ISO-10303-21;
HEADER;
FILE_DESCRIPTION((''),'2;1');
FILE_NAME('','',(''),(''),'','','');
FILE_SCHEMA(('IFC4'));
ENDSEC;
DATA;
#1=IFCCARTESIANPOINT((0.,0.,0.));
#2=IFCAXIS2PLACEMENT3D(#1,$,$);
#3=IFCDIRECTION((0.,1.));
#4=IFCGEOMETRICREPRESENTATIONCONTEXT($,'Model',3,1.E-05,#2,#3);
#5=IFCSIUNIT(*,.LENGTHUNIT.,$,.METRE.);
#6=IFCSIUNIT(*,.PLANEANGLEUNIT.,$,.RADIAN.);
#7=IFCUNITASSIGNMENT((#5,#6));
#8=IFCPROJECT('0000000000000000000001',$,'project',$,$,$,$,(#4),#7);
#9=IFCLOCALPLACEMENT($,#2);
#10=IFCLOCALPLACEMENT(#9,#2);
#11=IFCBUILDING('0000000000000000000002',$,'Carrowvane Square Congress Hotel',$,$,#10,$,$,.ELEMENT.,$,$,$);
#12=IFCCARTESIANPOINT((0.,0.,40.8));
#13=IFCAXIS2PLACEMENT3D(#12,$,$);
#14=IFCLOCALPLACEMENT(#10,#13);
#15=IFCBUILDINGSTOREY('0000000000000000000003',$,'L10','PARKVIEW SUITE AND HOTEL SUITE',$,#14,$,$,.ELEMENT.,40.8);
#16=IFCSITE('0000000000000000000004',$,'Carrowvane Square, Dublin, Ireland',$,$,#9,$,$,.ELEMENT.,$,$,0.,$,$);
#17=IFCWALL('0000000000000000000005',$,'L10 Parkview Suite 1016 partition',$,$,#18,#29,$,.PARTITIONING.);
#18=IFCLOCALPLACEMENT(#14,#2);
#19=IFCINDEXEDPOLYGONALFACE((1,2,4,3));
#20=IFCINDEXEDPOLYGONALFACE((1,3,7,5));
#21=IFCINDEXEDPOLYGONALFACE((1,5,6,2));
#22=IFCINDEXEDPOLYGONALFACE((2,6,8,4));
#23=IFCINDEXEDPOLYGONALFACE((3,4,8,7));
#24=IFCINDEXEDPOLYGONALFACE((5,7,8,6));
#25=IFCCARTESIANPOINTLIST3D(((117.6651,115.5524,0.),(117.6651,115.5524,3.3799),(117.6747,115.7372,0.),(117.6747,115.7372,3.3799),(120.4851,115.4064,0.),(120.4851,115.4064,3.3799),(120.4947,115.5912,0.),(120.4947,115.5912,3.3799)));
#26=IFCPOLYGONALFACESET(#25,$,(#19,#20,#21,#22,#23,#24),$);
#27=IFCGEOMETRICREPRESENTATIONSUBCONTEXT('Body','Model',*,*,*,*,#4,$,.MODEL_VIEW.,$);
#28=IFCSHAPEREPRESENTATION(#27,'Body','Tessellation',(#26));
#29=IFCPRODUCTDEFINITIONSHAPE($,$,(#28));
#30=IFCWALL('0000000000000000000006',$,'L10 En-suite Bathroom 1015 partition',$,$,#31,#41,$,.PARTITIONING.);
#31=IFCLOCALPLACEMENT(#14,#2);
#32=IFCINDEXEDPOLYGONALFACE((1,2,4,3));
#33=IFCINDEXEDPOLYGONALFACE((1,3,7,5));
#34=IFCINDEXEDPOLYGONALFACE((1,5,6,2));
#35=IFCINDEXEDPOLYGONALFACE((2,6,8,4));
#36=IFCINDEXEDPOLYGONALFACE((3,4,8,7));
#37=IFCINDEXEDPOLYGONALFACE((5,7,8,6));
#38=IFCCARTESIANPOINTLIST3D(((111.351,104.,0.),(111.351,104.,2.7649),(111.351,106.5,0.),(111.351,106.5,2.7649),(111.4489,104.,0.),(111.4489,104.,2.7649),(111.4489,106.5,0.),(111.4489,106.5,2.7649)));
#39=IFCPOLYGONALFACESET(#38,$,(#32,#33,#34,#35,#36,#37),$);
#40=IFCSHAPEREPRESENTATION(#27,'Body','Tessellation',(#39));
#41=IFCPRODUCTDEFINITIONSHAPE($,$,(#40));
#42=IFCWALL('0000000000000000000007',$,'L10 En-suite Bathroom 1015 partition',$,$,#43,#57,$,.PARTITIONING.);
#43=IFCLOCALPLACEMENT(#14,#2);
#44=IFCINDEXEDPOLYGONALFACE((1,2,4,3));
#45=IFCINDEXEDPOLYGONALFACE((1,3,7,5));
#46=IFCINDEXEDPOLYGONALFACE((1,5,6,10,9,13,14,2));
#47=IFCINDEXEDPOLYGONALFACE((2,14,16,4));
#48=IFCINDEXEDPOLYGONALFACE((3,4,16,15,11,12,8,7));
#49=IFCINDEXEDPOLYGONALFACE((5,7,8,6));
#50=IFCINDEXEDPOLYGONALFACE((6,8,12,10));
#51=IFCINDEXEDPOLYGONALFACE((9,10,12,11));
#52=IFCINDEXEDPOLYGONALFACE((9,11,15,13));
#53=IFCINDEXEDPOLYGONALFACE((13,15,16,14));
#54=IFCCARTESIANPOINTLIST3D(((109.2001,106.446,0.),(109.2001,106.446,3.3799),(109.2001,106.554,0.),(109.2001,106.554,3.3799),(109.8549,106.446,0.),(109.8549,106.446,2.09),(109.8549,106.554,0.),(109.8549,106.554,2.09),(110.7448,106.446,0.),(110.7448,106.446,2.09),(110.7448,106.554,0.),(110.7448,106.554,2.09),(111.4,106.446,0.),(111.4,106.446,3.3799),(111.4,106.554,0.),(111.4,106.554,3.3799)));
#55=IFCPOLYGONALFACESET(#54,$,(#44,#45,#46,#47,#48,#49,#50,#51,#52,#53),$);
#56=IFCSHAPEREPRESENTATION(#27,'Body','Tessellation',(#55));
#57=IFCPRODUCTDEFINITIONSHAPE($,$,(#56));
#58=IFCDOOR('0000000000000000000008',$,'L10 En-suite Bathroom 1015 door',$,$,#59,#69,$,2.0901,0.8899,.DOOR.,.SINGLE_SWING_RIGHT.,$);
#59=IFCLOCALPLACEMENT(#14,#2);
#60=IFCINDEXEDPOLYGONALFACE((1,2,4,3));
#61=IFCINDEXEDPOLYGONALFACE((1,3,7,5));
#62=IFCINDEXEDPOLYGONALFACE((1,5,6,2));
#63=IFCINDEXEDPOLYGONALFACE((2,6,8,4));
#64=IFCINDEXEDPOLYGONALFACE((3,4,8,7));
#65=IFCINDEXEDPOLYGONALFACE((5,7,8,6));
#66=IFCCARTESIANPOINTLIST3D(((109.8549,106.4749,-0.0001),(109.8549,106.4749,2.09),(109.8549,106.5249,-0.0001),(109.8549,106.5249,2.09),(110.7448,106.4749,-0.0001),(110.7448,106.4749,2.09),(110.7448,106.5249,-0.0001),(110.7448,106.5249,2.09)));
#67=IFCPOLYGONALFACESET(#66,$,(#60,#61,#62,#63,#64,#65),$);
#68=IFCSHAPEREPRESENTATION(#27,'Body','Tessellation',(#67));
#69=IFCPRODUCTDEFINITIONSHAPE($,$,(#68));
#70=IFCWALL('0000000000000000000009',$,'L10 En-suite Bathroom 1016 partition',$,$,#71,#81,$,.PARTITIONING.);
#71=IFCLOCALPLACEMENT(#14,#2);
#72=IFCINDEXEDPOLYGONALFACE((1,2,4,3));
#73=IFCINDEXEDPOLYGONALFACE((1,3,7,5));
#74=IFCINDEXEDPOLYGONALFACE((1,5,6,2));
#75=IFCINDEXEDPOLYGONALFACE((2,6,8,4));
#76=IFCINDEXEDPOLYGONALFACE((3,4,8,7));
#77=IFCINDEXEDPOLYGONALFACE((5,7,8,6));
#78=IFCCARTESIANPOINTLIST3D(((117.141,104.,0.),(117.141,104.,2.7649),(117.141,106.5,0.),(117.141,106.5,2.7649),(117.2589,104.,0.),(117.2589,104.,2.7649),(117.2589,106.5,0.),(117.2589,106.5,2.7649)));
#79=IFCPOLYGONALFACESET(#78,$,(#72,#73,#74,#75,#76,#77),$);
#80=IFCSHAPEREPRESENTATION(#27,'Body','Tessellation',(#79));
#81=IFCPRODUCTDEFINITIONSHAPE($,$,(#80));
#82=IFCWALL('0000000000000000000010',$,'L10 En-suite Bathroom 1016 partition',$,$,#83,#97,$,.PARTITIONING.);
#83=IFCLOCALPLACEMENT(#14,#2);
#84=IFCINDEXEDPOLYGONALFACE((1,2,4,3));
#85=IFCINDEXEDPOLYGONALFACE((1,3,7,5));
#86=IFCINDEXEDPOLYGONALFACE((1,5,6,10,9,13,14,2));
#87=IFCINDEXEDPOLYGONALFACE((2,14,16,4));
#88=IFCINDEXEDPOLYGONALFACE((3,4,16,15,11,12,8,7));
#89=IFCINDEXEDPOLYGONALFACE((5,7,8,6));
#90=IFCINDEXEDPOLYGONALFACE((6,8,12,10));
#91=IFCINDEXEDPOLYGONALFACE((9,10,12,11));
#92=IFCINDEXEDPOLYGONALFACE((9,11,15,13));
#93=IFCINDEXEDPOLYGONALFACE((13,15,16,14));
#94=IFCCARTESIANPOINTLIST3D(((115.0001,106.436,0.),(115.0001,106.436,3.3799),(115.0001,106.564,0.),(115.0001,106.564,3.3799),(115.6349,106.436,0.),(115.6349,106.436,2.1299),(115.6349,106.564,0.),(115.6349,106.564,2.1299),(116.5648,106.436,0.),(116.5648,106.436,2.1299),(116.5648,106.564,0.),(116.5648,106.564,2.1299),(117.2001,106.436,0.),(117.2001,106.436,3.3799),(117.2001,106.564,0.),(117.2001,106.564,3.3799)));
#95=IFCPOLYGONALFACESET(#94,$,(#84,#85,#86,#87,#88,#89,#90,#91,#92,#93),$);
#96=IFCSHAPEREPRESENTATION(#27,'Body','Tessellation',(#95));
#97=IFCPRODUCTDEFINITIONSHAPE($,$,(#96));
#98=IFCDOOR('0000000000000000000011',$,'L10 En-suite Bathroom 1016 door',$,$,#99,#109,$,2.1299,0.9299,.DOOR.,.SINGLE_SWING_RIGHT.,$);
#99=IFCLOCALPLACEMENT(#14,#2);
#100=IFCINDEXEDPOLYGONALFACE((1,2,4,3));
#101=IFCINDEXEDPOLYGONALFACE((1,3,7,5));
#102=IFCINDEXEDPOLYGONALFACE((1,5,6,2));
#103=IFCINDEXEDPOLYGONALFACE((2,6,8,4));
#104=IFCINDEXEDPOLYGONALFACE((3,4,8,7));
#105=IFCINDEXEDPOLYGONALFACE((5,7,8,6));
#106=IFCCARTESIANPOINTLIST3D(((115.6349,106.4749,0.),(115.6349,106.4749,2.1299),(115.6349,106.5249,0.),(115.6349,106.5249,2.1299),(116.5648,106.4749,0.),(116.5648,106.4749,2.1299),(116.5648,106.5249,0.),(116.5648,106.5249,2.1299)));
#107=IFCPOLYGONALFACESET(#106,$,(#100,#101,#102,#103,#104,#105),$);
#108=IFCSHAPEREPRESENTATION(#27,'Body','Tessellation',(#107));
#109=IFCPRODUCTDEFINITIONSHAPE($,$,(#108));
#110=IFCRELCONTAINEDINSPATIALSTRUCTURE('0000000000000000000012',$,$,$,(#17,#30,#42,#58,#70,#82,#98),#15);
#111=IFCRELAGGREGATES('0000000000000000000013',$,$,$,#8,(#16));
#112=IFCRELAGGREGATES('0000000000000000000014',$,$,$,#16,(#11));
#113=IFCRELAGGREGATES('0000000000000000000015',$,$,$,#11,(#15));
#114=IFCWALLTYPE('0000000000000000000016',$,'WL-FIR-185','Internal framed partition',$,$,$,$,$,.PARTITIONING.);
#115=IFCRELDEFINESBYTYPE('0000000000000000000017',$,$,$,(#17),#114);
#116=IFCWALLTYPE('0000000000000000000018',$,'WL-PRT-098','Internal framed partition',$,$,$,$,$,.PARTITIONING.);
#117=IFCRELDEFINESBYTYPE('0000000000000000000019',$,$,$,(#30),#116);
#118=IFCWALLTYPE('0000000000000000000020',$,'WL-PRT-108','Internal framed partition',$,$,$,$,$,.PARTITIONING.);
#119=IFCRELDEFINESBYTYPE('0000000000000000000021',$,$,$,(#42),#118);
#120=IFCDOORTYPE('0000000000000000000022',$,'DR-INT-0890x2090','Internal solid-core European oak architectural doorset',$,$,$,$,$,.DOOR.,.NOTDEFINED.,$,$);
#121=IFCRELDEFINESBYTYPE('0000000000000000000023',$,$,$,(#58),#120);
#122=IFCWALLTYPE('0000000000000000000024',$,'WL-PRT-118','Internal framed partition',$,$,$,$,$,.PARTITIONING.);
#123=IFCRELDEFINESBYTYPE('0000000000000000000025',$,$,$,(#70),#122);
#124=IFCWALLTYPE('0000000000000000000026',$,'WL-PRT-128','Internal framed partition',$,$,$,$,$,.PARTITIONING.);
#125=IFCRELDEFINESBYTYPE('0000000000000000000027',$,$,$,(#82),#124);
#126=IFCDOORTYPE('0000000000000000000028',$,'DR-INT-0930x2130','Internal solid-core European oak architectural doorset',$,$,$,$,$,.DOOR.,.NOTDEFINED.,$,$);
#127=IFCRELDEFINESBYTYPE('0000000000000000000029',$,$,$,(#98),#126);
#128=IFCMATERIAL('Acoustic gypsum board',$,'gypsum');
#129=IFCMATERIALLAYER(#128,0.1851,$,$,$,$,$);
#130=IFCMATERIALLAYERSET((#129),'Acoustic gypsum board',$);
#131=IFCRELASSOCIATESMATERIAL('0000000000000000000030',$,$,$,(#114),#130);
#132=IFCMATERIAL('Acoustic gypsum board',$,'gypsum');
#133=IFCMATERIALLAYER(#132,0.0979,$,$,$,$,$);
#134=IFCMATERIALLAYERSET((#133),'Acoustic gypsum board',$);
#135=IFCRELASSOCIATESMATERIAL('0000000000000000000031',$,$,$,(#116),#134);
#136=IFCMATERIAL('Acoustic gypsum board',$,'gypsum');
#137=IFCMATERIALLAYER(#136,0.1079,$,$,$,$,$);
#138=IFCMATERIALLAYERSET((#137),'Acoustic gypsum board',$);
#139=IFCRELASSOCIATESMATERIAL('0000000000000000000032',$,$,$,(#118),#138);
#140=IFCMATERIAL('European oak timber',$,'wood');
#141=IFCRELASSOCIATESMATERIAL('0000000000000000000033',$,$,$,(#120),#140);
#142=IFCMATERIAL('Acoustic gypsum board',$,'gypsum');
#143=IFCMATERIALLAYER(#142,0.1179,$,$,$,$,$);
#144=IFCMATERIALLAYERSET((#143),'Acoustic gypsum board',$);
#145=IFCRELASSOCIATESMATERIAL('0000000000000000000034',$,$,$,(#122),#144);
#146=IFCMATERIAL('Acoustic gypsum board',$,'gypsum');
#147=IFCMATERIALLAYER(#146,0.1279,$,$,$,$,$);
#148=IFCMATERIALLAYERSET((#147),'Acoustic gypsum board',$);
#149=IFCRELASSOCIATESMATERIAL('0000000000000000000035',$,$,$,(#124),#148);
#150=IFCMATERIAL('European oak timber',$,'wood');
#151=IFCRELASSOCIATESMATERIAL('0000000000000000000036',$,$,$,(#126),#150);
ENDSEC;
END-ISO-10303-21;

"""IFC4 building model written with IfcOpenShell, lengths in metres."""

from ifc_helpers import new_model, si_unit, direction, frame, frame_2d, origin, place, context, subcontext, project, spatial, rectangle, extrude, material, layer, layer_set, type_object, element, fill, save


model = new_model("IFC4")

# Units and contexts
model_context = context("Model", 3, precision=1e-05, world=origin(), true_north=direction((0.0, 1.0)))
body_context = subcontext(model_context, "Body", "Model", "MODEL_VIEW")
ifc_project = project(units=[si_unit("LENGTHUNIT", "METRE"), si_unit("PLANEANGLEUNIT", "RADIAN")], contexts=[model_context])

# Site, building, storey
site_placement = place(None, origin())
site = spatial("IfcSite", under=ifc_project, at=site_placement, Name="Carrowvane Square, Dublin, Ireland", CompositionType="ELEMENT", RefElevation=0.0)
building_placement = place(site_placement, origin())
building = spatial("IfcBuilding", under=site, at=building_placement, Name="Carrowvane Square Congress Hotel", CompositionType="ELEMENT")
storey_placement = place(building_placement, frame((0.0, 0.0, 40.8)))
storey = spatial("IfcBuildingStorey", under=building, at=storey_placement, Name="L10", Description="PARKVIEW SUITE AND HOTEL SUITE", CompositionType="ELEMENT", Elevation=40.8)

# Walls
ifc_material_1 = material(Name="Acoustic gypsum board", Category="gypsum")
ifc_layer_1 = layer(ifc_material_1, 0.1851)
ifc_layer_set_1 = layer_set([ifc_layer_1], Name="Acoustic gypsum board")
wall_type_1 = type_object("IfcWallType", Name="WL-FIR-185", Description="Internal framed partition", PredefinedType="PARTITIONING", material=ifc_layer_set_1)
wall_1_placement = place(storey_placement, frame((117.6699, 115.6448, 0.0), z_axis=(0.0, 0.0, 1.0), x_axis=(0.998663, -0.051701, 0.0)))
element("IfcWall", 1, at=wall_1_placement, inside=storey, type_object=wall_type_1, Name="L10 Parkview Suite 1016 partition", PredefinedType="PARTITIONING", context=body_context, shape_type="SweptSolid", body=[
    extrude(rectangle(XDim=2.8237, YDim=0.1851, at=frame_2d((1.4119, 0.0))), origin(), (0.0, 0.0, 1.0), 3.3799),
])
ifc_material_2 = material(Name="Acoustic gypsum board", Category="gypsum")
ifc_layer_2 = layer(ifc_material_2, 0.0979)
ifc_layer_set_2 = layer_set([ifc_layer_2], Name="Acoustic gypsum board")
wall_type_2 = type_object("IfcWallType", Name="WL-PRT-098", Description="Internal framed partition", PredefinedType="PARTITIONING", material=ifc_layer_set_2)
wall_2_placement = place(storey_placement, frame((111.3999, 106.5, 0.0), z_axis=(0.0, 0.0, 1.0), x_axis=(0.0, -1.0, 0.0)))
element("IfcWall", 2, at=wall_2_placement, inside=storey, type_object=wall_type_2, Name="L10 En-suite Bathroom 1015 partition", PredefinedType="PARTITIONING", context=body_context, shape_type="SweptSolid", body=[
    extrude(rectangle(XDim=2.5, YDim=0.0979, at=frame_2d((1.25, 0.0))), origin(), (0.0, 0.0, 1.0), 2.7649),
])

# Wall, opening, door
ifc_material_3 = material(Name="Acoustic gypsum board", Category="gypsum")
ifc_layer_3 = layer(ifc_material_3, 0.1079)
ifc_layer_set_3 = layer_set([ifc_layer_3], Name="Acoustic gypsum board")
wall_type_3 = type_object("IfcWallType", Name="WL-PRT-108", Description="Internal framed partition", PredefinedType="PARTITIONING", material=ifc_layer_set_3)
wall_3_placement = place(storey_placement, frame((109.2, 106.5, 0.0), z_axis=(0.0, 0.0, 1.0), x_axis=(1.0, 0.0, 0.0)))
wall_3 = element("IfcWall", 3, at=wall_3_placement, inside=storey, type_object=wall_type_3, Name="L10 En-suite Bathroom 1015 partition", PredefinedType="PARTITIONING", context=body_context, shape_type="SweptSolid", body=[
    extrude(rectangle(XDim=2.2, YDim=0.1079, at=frame_2d((1.1001, 0.0))), origin(), (0.0, 0.0, 1.0), 3.3799),
])
opening_1_placement = place(wall_3_placement, frame((0.655, 0.0, 0.0)))
opening_1 = element("IfcOpeningElement", 4, at=opening_1_placement, cuts=wall_3, PredefinedType="OPENING", context=body_context, shape_type="SweptSolid", body=[
    extrude(rectangle(XDim=0.8899, YDim=2.0901, at=frame_2d((0.4448, 1.0449))), frame((0.0, 0.064, 0.0), z_axis=(0.0, -1.0, 0.0), x_axis=(1.0, 0.0, 0.0)), (0.0, 0.0, 1.0), 0.1279),
])
ifc_material_4 = material(Name="European oak timber", Category="wood")
door_type_1 = type_object("IfcDoorType", Name="DR-INT-0890x2090", Description="Internal solid-core European oak architectural doorset", OperationType="NOTDEFINED", PredefinedType="DOOR", material=ifc_material_4)
door_1_placement = place(opening_1_placement, origin())
door_1 = element("IfcDoor", 5, at=door_1_placement, inside=storey, type_object=door_type_1, Name="L10 En-suite Bathroom 1015 door", OperationType="SINGLE_SWING_RIGHT", OverallHeight=2.0901, OverallWidth=0.8899, PredefinedType="DOOR", context=body_context, shape_type="SweptSolid", body=[
    extrude(rectangle(XDim=0.8899, YDim=2.0901, at=frame_2d((0.4448, 1.0449))), frame((0.0, 0.0249, 0.0), z_axis=(0.0, -1.0, 0.0), x_axis=(1.0, 0.0, 0.0)), (0.0, 0.0, 1.0), 0.05),
])
fill(opening_1, door_1)

# Wall
ifc_material_5 = material(Name="Acoustic gypsum board", Category="gypsum")
ifc_layer_4 = layer(ifc_material_5, 0.1179)
ifc_layer_set_4 = layer_set([ifc_layer_4], Name="Acoustic gypsum board")
wall_type_4 = type_object("IfcWallType", Name="WL-PRT-118", Description="Internal framed partition", PredefinedType="PARTITIONING", material=ifc_layer_set_4)
wall_4_placement = place(storey_placement, frame((117.2, 106.5, 0.0), z_axis=(0.0, 0.0, 1.0), x_axis=(0.0, -1.0, 0.0)))
element("IfcWall", 6, at=wall_4_placement, inside=storey, type_object=wall_type_4, Name="L10 En-suite Bathroom 1016 partition", PredefinedType="PARTITIONING", context=body_context, shape_type="SweptSolid", body=[
    extrude(rectangle(XDim=2.5, YDim=0.1179, at=frame_2d((1.25, 0.0))), origin(), (0.0, 0.0, 1.0), 2.7649),
])

# Wall, opening, door
ifc_material_6 = material(Name="Acoustic gypsum board", Category="gypsum")
ifc_layer_5 = layer(ifc_material_6, 0.1279)
ifc_layer_set_5 = layer_set([ifc_layer_5], Name="Acoustic gypsum board")
wall_type_5 = type_object("IfcWallType", Name="WL-PRT-128", Description="Internal framed partition", PredefinedType="PARTITIONING", material=ifc_layer_set_5)
wall_5_placement = place(storey_placement, frame((115.0, 106.5, 0.0), z_axis=(0.0, 0.0, 1.0), x_axis=(1.0, 0.0, 0.0)))
wall_5 = element("IfcWall", 7, at=wall_5_placement, inside=storey, type_object=wall_type_5, Name="L10 En-suite Bathroom 1016 partition", PredefinedType="PARTITIONING", context=body_context, shape_type="SweptSolid", body=[
    extrude(rectangle(XDim=2.2, YDim=0.1279, at=frame_2d((1.1001, 0.0))), origin(), (0.0, 0.0, 1.0), 3.3799),
])
opening_2_placement = place(wall_5_placement, frame((0.635, 0.0, 0.0)))
opening_2 = element("IfcOpeningElement", 8, at=opening_2_placement, cuts=wall_5, PredefinedType="OPENING", context=body_context, shape_type="SweptSolid", body=[
    extrude(rectangle(XDim=0.9299, YDim=2.1299, at=frame_2d((0.4648, 1.0649))), frame((0.0, 0.074, 0.0), z_axis=(0.0, -1.0, 0.0), x_axis=(1.0, 0.0, 0.0)), (0.0, 0.0, 1.0), 0.1479),
])
ifc_material_7 = material(Name="European oak timber", Category="wood")
door_type_2 = type_object("IfcDoorType", Name="DR-INT-0930x2130", Description="Internal solid-core European oak architectural doorset", OperationType="NOTDEFINED", PredefinedType="DOOR", material=ifc_material_7)
door_2_placement = place(opening_2_placement, origin())
door_2 = element("IfcDoor", 9, at=door_2_placement, inside=storey, type_object=door_type_2, Name="L10 En-suite Bathroom 1016 door", OperationType="SINGLE_SWING_RIGHT", OverallHeight=2.1299, OverallWidth=0.9299, PredefinedType="DOOR", context=body_context, shape_type="SweptSolid", body=[
    extrude(rectangle(XDim=0.9299, YDim=2.1299, at=frame_2d((0.4648, 1.0649))), frame((0.0, 0.0249, 0.0), z_axis=(0.0, -1.0, 0.0), x_axis=(1.0, 0.0, 0.0)), (0.0, 0.0, 1.0), 0.05),
])
fill(opening_2, door_2)

save(model, "model.ifc")
